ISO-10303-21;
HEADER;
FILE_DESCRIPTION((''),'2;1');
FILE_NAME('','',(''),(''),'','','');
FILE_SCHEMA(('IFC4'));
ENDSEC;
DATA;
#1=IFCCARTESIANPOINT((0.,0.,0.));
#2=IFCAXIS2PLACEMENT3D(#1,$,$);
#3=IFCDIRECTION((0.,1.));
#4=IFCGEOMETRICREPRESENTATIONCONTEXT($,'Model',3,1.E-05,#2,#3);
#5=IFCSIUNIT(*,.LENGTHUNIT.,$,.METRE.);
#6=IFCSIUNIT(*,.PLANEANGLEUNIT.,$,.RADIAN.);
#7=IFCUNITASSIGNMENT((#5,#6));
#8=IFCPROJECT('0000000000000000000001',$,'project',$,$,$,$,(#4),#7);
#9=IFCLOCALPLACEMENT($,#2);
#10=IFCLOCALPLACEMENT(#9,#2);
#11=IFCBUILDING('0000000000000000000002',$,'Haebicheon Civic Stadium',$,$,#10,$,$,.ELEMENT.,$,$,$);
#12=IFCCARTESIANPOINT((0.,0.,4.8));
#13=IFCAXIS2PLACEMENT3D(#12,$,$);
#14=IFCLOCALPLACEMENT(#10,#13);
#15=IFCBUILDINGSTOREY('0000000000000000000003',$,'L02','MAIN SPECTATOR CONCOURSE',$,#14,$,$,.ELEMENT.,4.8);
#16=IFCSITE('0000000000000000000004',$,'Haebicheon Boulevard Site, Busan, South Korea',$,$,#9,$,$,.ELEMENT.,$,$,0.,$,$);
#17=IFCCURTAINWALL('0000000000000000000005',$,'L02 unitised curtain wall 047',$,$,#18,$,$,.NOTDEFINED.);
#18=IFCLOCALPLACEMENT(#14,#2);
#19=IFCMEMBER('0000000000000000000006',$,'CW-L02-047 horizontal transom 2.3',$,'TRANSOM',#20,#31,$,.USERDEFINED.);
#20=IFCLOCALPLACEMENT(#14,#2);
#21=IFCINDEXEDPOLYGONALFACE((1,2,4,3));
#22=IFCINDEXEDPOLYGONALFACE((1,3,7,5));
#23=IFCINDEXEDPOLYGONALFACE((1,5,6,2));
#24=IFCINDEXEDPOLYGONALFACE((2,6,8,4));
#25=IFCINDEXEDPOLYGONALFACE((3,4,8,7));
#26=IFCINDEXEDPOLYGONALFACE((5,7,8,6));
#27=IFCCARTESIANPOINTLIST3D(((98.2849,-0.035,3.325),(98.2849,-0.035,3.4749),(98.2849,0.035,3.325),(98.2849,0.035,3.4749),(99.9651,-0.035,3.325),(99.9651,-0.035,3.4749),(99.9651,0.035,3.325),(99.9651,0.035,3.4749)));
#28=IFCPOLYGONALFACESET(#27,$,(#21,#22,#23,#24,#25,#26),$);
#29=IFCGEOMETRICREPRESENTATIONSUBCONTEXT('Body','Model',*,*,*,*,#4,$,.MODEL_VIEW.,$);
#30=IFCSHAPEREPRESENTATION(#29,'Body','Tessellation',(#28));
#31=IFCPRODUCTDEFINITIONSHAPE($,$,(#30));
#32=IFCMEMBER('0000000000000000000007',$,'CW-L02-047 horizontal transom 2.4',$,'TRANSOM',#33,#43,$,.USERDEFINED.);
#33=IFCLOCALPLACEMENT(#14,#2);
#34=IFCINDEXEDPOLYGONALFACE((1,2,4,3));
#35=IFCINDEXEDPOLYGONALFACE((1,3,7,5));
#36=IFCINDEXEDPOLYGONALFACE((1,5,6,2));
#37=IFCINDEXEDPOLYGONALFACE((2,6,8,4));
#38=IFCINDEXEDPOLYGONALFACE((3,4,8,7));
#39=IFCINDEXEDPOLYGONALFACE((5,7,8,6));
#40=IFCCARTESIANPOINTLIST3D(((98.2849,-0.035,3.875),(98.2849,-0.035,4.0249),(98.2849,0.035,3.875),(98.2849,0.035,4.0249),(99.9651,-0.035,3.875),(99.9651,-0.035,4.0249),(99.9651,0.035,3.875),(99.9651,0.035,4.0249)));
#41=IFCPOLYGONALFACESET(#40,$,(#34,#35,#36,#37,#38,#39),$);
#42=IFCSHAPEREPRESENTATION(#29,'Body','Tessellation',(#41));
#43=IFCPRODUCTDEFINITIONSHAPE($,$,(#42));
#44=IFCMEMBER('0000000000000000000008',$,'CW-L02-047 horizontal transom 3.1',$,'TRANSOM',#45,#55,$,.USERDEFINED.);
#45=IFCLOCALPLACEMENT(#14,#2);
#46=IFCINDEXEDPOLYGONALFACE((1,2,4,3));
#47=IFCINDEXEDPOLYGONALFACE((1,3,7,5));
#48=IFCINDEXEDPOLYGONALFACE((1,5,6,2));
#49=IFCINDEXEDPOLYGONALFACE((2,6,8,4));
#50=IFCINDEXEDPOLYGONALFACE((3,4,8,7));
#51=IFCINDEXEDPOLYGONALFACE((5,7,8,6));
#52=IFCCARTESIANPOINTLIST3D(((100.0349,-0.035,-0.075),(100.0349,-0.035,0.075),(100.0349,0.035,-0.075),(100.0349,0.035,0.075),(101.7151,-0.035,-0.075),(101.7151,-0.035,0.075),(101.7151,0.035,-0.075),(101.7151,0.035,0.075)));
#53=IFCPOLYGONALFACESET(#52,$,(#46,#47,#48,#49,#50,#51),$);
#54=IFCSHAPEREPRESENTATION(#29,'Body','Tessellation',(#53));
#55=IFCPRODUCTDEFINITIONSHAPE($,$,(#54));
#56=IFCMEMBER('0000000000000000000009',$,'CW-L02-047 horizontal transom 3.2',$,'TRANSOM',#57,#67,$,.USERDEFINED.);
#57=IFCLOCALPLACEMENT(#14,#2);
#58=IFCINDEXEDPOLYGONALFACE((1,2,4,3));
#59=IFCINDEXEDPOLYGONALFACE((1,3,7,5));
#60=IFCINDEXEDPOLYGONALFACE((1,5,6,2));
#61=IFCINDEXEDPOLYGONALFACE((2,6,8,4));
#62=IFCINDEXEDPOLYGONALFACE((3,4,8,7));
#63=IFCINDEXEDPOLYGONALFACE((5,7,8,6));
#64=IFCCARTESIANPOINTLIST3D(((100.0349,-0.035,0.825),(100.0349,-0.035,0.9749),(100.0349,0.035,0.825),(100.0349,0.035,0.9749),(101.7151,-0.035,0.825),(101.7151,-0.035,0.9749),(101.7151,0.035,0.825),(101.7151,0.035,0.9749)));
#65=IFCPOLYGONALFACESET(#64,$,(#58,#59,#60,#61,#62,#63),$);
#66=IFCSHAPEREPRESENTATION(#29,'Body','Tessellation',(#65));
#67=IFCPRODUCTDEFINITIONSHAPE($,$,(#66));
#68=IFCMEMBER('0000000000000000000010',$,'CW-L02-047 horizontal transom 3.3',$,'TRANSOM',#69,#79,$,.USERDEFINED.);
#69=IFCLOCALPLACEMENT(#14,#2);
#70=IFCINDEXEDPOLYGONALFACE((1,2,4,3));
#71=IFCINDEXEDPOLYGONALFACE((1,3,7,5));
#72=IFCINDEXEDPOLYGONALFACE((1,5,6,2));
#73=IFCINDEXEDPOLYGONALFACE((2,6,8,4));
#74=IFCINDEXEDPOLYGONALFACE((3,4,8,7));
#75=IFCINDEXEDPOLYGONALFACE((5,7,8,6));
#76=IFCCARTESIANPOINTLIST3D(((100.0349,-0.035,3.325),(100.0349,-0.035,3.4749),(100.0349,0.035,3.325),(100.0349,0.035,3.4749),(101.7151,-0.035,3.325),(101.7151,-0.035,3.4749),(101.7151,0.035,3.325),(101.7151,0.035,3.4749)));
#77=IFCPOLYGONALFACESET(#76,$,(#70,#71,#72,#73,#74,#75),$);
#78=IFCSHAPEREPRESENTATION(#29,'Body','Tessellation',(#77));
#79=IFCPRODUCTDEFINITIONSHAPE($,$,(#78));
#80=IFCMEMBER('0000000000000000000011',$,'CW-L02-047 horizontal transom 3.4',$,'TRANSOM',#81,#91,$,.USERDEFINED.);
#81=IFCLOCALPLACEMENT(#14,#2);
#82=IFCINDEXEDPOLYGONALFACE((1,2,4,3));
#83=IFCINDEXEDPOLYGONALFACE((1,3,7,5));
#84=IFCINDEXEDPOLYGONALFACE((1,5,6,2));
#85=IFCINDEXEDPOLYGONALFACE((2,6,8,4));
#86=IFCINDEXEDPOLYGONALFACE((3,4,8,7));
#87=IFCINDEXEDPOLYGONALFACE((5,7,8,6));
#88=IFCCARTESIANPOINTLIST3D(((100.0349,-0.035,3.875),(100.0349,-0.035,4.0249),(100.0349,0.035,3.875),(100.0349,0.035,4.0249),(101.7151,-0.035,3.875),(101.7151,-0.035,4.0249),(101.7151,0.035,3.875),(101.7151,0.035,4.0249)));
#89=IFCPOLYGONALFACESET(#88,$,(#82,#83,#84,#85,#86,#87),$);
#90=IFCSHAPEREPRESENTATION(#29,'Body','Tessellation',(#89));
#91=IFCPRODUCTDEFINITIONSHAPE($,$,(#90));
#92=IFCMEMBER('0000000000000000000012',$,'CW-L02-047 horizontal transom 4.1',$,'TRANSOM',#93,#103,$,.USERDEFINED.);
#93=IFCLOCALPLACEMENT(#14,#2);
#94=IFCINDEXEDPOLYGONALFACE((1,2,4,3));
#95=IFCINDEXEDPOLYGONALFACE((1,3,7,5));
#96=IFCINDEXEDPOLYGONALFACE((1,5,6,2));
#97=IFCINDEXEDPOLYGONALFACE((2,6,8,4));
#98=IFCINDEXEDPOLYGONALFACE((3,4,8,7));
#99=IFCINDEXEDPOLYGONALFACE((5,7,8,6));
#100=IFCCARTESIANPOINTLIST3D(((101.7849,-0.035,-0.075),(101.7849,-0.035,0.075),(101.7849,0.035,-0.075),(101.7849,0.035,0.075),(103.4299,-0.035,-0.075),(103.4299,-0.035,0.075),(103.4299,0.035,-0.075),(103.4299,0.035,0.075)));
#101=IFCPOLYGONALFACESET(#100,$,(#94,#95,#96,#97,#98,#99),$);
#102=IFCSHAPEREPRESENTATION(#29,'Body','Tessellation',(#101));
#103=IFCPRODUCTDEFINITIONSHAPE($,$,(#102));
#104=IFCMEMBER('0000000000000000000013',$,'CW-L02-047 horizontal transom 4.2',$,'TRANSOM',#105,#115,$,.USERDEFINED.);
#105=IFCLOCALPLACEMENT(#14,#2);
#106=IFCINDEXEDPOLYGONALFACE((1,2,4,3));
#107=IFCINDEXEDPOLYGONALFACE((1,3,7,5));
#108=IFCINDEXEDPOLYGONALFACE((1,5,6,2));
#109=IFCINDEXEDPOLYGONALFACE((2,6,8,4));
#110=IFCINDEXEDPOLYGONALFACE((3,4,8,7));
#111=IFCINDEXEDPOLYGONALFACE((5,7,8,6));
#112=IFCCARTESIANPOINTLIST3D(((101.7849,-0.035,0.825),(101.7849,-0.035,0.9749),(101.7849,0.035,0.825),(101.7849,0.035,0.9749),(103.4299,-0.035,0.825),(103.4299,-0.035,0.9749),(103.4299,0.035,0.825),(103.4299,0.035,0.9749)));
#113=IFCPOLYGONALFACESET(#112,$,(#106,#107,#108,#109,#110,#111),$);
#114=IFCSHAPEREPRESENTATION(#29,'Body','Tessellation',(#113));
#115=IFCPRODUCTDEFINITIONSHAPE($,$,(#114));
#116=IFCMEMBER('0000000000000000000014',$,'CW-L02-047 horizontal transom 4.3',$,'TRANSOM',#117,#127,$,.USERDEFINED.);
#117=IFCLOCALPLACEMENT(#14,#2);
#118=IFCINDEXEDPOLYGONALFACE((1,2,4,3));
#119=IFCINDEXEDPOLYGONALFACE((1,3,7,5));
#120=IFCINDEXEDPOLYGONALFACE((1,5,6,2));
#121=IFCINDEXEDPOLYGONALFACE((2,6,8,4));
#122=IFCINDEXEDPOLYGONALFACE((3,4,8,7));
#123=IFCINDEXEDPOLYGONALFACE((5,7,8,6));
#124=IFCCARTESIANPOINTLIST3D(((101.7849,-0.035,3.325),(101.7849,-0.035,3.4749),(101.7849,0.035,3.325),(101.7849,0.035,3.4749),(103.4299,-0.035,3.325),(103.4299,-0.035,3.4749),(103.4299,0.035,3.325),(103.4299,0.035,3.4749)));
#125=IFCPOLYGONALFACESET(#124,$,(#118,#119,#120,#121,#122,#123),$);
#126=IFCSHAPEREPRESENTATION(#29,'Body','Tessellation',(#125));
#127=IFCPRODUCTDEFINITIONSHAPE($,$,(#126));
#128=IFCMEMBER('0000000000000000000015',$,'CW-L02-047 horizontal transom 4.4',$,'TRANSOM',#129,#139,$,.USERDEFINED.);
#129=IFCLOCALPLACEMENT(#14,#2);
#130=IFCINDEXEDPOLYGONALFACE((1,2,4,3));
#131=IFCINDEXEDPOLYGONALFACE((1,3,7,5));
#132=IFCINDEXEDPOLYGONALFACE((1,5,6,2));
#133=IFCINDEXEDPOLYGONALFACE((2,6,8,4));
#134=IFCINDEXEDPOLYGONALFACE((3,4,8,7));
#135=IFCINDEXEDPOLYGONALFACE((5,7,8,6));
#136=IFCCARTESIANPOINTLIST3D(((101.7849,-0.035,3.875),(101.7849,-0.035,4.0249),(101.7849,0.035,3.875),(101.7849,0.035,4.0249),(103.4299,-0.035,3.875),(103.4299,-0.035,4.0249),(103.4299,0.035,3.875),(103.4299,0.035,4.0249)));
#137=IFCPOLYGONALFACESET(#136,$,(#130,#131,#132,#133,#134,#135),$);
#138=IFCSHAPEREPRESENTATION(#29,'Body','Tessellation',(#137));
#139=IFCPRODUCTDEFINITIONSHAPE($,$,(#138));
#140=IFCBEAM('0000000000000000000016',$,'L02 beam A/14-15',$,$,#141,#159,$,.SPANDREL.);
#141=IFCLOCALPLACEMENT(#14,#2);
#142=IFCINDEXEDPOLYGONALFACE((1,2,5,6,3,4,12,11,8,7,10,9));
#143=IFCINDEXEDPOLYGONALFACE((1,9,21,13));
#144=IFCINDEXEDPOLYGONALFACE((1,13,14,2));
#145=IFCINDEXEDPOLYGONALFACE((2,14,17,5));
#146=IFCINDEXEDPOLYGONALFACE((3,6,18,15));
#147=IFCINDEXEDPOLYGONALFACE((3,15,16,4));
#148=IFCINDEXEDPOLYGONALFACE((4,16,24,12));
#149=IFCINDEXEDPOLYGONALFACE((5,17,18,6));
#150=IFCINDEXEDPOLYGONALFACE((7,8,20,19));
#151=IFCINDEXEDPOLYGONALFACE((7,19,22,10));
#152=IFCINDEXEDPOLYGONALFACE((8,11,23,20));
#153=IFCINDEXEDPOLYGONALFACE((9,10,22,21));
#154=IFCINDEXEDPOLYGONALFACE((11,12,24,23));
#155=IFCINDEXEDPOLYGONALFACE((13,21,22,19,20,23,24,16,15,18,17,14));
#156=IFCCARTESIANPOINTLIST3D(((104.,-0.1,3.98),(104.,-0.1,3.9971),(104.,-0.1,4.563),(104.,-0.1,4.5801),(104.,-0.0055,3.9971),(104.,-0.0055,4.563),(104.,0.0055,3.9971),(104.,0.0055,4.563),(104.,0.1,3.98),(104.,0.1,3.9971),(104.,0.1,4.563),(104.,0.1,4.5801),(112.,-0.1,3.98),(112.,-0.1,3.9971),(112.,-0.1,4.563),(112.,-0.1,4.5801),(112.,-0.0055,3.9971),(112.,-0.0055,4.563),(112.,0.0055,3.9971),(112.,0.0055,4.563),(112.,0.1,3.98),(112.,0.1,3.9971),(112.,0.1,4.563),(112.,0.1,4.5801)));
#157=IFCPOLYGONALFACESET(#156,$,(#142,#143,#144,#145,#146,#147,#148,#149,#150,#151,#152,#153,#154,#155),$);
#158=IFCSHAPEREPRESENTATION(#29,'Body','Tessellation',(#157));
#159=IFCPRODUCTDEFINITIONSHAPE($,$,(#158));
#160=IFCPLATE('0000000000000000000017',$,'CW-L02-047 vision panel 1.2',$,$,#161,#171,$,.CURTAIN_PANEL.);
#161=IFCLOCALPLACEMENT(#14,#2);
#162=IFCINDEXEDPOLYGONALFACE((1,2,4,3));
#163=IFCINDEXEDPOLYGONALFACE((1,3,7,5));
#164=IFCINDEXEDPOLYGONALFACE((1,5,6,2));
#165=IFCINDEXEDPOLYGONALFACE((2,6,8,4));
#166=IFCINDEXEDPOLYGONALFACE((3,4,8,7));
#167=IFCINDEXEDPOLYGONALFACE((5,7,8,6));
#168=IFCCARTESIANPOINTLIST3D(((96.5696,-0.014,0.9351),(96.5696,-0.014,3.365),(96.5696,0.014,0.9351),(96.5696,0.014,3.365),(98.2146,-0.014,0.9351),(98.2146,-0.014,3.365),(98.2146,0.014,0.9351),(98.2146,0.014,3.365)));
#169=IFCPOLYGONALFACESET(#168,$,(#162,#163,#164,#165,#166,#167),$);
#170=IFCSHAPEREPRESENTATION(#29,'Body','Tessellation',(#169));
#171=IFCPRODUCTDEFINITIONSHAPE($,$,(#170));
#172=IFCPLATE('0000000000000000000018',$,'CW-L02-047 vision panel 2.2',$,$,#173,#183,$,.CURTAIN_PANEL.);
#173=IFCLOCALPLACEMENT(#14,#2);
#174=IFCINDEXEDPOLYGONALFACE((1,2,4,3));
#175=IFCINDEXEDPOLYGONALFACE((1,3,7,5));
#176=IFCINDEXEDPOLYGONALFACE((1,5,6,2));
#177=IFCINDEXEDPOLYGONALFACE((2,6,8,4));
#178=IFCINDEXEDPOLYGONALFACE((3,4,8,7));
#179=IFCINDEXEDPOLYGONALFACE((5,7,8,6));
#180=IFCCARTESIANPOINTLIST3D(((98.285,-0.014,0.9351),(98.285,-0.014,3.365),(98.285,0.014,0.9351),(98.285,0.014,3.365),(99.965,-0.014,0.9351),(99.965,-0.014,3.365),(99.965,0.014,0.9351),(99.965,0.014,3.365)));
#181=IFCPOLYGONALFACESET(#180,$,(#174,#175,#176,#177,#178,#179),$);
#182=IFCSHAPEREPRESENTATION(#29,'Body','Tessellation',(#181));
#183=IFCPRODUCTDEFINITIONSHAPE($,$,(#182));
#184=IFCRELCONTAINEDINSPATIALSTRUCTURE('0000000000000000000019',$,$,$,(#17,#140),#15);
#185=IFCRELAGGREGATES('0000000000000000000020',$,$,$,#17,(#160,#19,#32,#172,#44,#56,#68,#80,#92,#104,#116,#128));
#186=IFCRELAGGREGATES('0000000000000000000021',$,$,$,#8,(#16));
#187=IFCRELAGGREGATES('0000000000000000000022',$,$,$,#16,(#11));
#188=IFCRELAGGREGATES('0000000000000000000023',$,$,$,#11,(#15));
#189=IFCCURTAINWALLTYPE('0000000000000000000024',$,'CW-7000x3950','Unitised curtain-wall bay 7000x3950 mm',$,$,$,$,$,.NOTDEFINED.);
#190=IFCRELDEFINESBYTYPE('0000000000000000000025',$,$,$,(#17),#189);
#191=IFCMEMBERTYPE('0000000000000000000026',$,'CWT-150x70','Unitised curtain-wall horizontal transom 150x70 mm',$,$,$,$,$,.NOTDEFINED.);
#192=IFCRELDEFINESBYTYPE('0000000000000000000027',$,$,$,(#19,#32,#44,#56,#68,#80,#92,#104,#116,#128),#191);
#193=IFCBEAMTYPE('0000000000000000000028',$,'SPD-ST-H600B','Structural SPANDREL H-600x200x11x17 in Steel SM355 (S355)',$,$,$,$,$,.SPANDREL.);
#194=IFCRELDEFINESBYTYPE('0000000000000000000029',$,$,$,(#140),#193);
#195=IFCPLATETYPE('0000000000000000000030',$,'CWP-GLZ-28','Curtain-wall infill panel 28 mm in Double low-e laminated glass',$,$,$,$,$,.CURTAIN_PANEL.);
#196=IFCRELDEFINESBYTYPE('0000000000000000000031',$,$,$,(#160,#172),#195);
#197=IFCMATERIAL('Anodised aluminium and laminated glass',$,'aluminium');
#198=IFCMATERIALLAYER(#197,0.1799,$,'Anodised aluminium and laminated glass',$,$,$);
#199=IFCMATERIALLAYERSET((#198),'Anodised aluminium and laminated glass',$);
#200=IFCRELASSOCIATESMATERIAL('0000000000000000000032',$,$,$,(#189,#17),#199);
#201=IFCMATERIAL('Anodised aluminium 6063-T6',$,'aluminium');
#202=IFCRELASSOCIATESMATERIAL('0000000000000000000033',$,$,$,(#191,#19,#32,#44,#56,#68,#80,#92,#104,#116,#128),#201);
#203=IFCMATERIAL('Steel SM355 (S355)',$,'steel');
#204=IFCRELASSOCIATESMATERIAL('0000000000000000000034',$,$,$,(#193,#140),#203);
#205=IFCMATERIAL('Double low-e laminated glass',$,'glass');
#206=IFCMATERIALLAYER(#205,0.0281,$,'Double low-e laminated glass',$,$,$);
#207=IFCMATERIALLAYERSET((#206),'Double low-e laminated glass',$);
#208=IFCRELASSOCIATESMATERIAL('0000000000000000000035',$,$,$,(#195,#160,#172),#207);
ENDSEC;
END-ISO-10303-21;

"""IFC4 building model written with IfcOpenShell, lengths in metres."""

from ifc_helpers import new_model, si_unit, direction, frame, origin, origin_2d, place, context, subcontext, project, spatial, rectangle, i_section, extrude, material, layer, layer_set, material_profile, profile_set, type_object, element, aggregate, save


model = new_model("IFC4")

# Units and contexts
model_context = context("Model", 3, precision=1e-05, world=origin(), true_north=direction((0.0, 1.0)))
body_context = subcontext(model_context, "Body", "Model", "MODEL_VIEW")
ifc_project = project(units=[si_unit("LENGTHUNIT", "METRE"), si_unit("PLANEANGLEUNIT", "RADIAN")], contexts=[model_context])

# Site, building, storey
site_placement = place(None, origin())
site = spatial("IfcSite", under=ifc_project, at=site_placement, Name="Haebicheon Boulevard Site, Busan, South Korea", CompositionType="ELEMENT", RefElevation=0.0)
building_placement = place(site_placement, origin())
building = spatial("IfcBuilding", under=site, at=building_placement, Name="Haebicheon Civic Stadium", CompositionType="ELEMENT")
storey_placement = place(building_placement, frame((0.0, 0.0, 4.8)))
storey = spatial("IfcBuildingStorey", under=building, at=storey_placement, Name="L02", Description="MAIN SPECTATOR CONCOURSE", CompositionType="ELEMENT", Elevation=4.8)

# Curtain wall, members
ifc_material_1 = material(Name="Anodised aluminium and laminated glass", Category="aluminium")
ifc_layer_1 = layer(ifc_material_1, 0.1799, Name="Anodised aluminium and laminated glass")
ifc_layer_set_1 = layer_set([ifc_layer_1], Name="Anodised aluminium and laminated glass")
curtain_wall_type = type_object("IfcCurtainWallType", Name="CW-7000x3950", Description="Unitised curtain-wall bay 7000x3950 mm", PredefinedType="NOTDEFINED", material=ifc_layer_set_1)
curtain_wall_placement = place(storey_placement, origin())
curtain_wall = element("IfcCurtainWall", 1, at=curtain_wall_placement, inside=storey, type_object=curtain_wall_type, material=ifc_layer_set_1, Name="L02 unitised curtain wall 047", PredefinedType="NOTDEFINED")
ifc_material_2 = material(Name="Anodised aluminium 6063-T6", Category="aluminium")
ifc_material_profile_1 = material_profile(ifc_material_2, rectangle(XDim=0.0701, YDim=0.1499, at=origin_2d()), Name="ALU-TRAN-70x150")
ifc_profile_set_1 = profile_set([ifc_material_profile_1], Name="Anodised aluminium 6063-T6")
member_type_1 = type_object("IfcMemberType", Name="CWT-150x70", Description="Unitised curtain-wall horizontal transom 150x70 mm", PredefinedType="NOTDEFINED", material=ifc_profile_set_1)
member_1_placement = place(storey_placement, frame((98.2849, 0.0, 3.3999), z_axis=(1.0, 0.0, 0.0), x_axis=(0.0, 1.0, 0.0)))
member_1 = element("IfcMember", 2, at=member_1_placement, type_object=member_type_1, material=ifc_profile_set_1, Name="CW-L02-047 horizontal transom 2.3", ObjectType="TRANSOM", PredefinedType="USERDEFINED", context=body_context, shape_type="SweptSolid", body=[
    extrude(rectangle(XDim=0.0701, YDim=0.1499, at=origin_2d()), origin(), (0.0, 0.0, 1.0), 1.6802),
])
member_2_placement = place(storey_placement, frame((98.2849, 0.0, 3.95), z_axis=(1.0, 0.0, 0.0), x_axis=(0.0, 1.0, 0.0)))
member_2 = element("IfcMember", 3, at=member_2_placement, type_object=member_type_1, material=ifc_profile_set_1, Name="CW-L02-047 horizontal transom 2.4", ObjectType="TRANSOM", PredefinedType="USERDEFINED", context=body_context, shape_type="SweptSolid", body=[
    extrude(rectangle(XDim=0.0701, YDim=0.1499, at=origin_2d()), origin(), (0.0, 0.0, 1.0), 1.6802),
])
member_3_placement = place(storey_placement, frame((100.0349, 0.0, 0.0), z_axis=(1.0, 0.0, 0.0), x_axis=(0.0, 1.0, 0.0)))
member_3 = element("IfcMember", 4, at=member_3_placement, type_object=member_type_1, material=ifc_profile_set_1, Name="CW-L02-047 horizontal transom 3.1", ObjectType="TRANSOM", PredefinedType="USERDEFINED", context=body_context, shape_type="SweptSolid", body=[
    extrude(rectangle(XDim=0.0701, YDim=0.1499, at=origin_2d()), origin(), (0.0, 0.0, 1.0), 1.6802),
])
member_4_placement = place(storey_placement, frame((100.0349, 0.0, 0.8999), z_axis=(1.0, 0.0, 0.0), x_axis=(0.0, 1.0, 0.0)))
member_4 = element("IfcMember", 5, at=member_4_placement, type_object=member_type_1, material=ifc_profile_set_1, Name="CW-L02-047 horizontal transom 3.2", ObjectType="TRANSOM", PredefinedType="USERDEFINED", context=body_context, shape_type="SweptSolid", body=[
    extrude(rectangle(XDim=0.0701, YDim=0.1499, at=origin_2d()), origin(), (0.0, 0.0, 1.0), 1.6802),
])
member_5_placement = place(storey_placement, frame((100.0349, 0.0, 3.3999), z_axis=(1.0, 0.0, 0.0), x_axis=(0.0, 1.0, 0.0)))
member_5 = element("IfcMember", 6, at=member_5_placement, type_object=member_type_1, material=ifc_profile_set_1, Name="CW-L02-047 horizontal transom 3.3", ObjectType="TRANSOM", PredefinedType="USERDEFINED", context=body_context, shape_type="SweptSolid", body=[
    extrude(rectangle(XDim=0.0701, YDim=0.1499, at=origin_2d()), origin(), (0.0, 0.0, 1.0), 1.6802),
])
member_6_placement = place(storey_placement, frame((100.0349, 0.0, 3.95), z_axis=(1.0, 0.0, 0.0), x_axis=(0.0, 1.0, 0.0)))
member_6 = element("IfcMember", 7, at=member_6_placement, type_object=member_type_1, material=ifc_profile_set_1, Name="CW-L02-047 horizontal transom 3.4", ObjectType="TRANSOM", PredefinedType="USERDEFINED", context=body_context, shape_type="SweptSolid", body=[
    extrude(rectangle(XDim=0.0701, YDim=0.1499, at=origin_2d()), origin(), (0.0, 0.0, 1.0), 1.6802),
])
member_7_placement = place(storey_placement, frame((101.7849, 0.0, 0.0), z_axis=(1.0, 0.0, 0.0), x_axis=(0.0, 1.0, 0.0)))
member_7 = element("IfcMember", 8, at=member_7_placement, type_object=member_type_1, material=ifc_profile_set_1, Name="CW-L02-047 horizontal transom 4.1", ObjectType="TRANSOM", PredefinedType="USERDEFINED", context=body_context, shape_type="SweptSolid", body=[
    extrude(rectangle(XDim=0.0701, YDim=0.1499, at=origin_2d()), origin(), (0.0, 0.0, 1.0), 1.645),
])
member_8_placement = place(storey_placement, frame((101.7849, 0.0, 0.8999), z_axis=(1.0, 0.0, 0.0), x_axis=(0.0, 1.0, 0.0)))
member_8 = element("IfcMember", 9, at=member_8_placement, type_object=member_type_1, material=ifc_profile_set_1, Name="CW-L02-047 horizontal transom 4.2", ObjectType="TRANSOM", PredefinedType="USERDEFINED", context=body_context, shape_type="SweptSolid", body=[
    extrude(rectangle(XDim=0.0701, YDim=0.1499, at=origin_2d()), origin(), (0.0, 0.0, 1.0), 1.645),
])
member_9_placement = place(storey_placement, frame((101.7849, 0.0, 3.3999), z_axis=(1.0, 0.0, 0.0), x_axis=(0.0, 1.0, 0.0)))
member_9 = element("IfcMember", 10, at=member_9_placement, type_object=member_type_1, material=ifc_profile_set_1, Name="CW-L02-047 horizontal transom 4.3", ObjectType="TRANSOM", PredefinedType="USERDEFINED", context=body_context, shape_type="SweptSolid", body=[
    extrude(rectangle(XDim=0.0701, YDim=0.1499, at=origin_2d()), origin(), (0.0, 0.0, 1.0), 1.645),
])
member_10_placement = place(storey_placement, frame((101.7849, 0.0, 3.95), z_axis=(1.0, 0.0, 0.0), x_axis=(0.0, 1.0, 0.0)))
member_10 = element("IfcMember", 11, at=member_10_placement, type_object=member_type_1, material=ifc_profile_set_1, Name="CW-L02-047 horizontal transom 4.4", ObjectType="TRANSOM", PredefinedType="USERDEFINED", context=body_context, shape_type="SweptSolid", body=[
    extrude(rectangle(XDim=0.0701, YDim=0.1499, at=origin_2d()), origin(), (0.0, 0.0, 1.0), 1.645),
])

# Beam
ifc_material_3 = material(Name="Steel SM355 (S355)", Category="steel")
ifc_material_profile_2 = material_profile(ifc_material_3, i_section(OverallWidth=0.2, OverallDepth=0.6001, WebThickness=0.011, FlangeThickness=0.0171, at=origin_2d()), Name="H-600x200x11x17")
ifc_profile_set_2 = profile_set([ifc_material_profile_2], Name="Steel SM355 (S355)")
beam_type_1 = type_object("IfcBeamType", Name="SPD-ST-H600B", Description="Structural SPANDREL H-600x200x11x17 in Steel SM355 (S355)", PredefinedType="SPANDREL", material=ifc_profile_set_2)
beam_placement = place(storey_placement, frame((104.0, 0.0, 4.28), z_axis=(1.0, 0.0, 0.0), x_axis=(0.0, 1.0, 0.0)))
element("IfcBeam", 12, at=beam_placement, inside=storey, type_object=beam_type_1, material=ifc_profile_set_2, Name="L02 beam A/14-15", PredefinedType="SPANDREL", context=body_context, shape_type="SweptSolid", body=[
    extrude(i_section(OverallWidth=0.2, OverallDepth=0.6001, WebThickness=0.011, FlangeThickness=0.0171, at=origin_2d()), origin(), (0.0, 0.0, 1.0), 8.0),
])

# Plates
ifc_material_4 = material(Name="Double low-e laminated glass", Category="glass")
ifc_layer_2 = layer(ifc_material_4, 0.0281, Name="Double low-e laminated glass")
ifc_layer_set_2 = layer_set([ifc_layer_2], Name="Double low-e laminated glass")
plate_type_1 = type_object("IfcPlateType", Name="CWP-GLZ-28", Description="Curtain-wall infill panel 28 mm in Double low-e laminated glass", PredefinedType="CURTAIN_PANEL", material=ifc_layer_set_2)
plate_1_placement = place(storey_placement, frame((97.3921, 0.0, 0.9351), z_axis=(0.0, 0.0, 1.0), x_axis=(1.0, 0.0, 0.0)))
plate_1 = element("IfcPlate", 13, at=plate_1_placement, type_object=plate_type_1, material=ifc_layer_set_2, Name="CW-L02-047 vision panel 1.2", PredefinedType="CURTAIN_PANEL", context=body_context, shape_type="SweptSolid", body=[
    extrude(rectangle(XDim=1.645, YDim=0.0281, at=origin_2d()), origin(), (0.0, 0.0, 1.0), 2.4299),
])
plate_2_placement = place(storey_placement, frame((99.125, 0.0, 0.9351), z_axis=(0.0, 0.0, 1.0), x_axis=(1.0, 0.0, 0.0)))
plate_2 = element("IfcPlate", 14, at=plate_2_placement, type_object=plate_type_1, material=ifc_layer_set_2, Name="CW-L02-047 vision panel 2.2", PredefinedType="CURTAIN_PANEL", context=body_context, shape_type="SweptSolid", body=[
    extrude(rectangle(XDim=1.6799, YDim=0.0281, at=origin_2d()), origin(), (0.0, 0.0, 1.0), 2.4299),
])
aggregate(curtain_wall, [plate_1, member_1, member_2, plate_2, member_3, member_4, member_5, member_6, member_7, member_8, member_9, member_10])

save(model, "model.ifc")
